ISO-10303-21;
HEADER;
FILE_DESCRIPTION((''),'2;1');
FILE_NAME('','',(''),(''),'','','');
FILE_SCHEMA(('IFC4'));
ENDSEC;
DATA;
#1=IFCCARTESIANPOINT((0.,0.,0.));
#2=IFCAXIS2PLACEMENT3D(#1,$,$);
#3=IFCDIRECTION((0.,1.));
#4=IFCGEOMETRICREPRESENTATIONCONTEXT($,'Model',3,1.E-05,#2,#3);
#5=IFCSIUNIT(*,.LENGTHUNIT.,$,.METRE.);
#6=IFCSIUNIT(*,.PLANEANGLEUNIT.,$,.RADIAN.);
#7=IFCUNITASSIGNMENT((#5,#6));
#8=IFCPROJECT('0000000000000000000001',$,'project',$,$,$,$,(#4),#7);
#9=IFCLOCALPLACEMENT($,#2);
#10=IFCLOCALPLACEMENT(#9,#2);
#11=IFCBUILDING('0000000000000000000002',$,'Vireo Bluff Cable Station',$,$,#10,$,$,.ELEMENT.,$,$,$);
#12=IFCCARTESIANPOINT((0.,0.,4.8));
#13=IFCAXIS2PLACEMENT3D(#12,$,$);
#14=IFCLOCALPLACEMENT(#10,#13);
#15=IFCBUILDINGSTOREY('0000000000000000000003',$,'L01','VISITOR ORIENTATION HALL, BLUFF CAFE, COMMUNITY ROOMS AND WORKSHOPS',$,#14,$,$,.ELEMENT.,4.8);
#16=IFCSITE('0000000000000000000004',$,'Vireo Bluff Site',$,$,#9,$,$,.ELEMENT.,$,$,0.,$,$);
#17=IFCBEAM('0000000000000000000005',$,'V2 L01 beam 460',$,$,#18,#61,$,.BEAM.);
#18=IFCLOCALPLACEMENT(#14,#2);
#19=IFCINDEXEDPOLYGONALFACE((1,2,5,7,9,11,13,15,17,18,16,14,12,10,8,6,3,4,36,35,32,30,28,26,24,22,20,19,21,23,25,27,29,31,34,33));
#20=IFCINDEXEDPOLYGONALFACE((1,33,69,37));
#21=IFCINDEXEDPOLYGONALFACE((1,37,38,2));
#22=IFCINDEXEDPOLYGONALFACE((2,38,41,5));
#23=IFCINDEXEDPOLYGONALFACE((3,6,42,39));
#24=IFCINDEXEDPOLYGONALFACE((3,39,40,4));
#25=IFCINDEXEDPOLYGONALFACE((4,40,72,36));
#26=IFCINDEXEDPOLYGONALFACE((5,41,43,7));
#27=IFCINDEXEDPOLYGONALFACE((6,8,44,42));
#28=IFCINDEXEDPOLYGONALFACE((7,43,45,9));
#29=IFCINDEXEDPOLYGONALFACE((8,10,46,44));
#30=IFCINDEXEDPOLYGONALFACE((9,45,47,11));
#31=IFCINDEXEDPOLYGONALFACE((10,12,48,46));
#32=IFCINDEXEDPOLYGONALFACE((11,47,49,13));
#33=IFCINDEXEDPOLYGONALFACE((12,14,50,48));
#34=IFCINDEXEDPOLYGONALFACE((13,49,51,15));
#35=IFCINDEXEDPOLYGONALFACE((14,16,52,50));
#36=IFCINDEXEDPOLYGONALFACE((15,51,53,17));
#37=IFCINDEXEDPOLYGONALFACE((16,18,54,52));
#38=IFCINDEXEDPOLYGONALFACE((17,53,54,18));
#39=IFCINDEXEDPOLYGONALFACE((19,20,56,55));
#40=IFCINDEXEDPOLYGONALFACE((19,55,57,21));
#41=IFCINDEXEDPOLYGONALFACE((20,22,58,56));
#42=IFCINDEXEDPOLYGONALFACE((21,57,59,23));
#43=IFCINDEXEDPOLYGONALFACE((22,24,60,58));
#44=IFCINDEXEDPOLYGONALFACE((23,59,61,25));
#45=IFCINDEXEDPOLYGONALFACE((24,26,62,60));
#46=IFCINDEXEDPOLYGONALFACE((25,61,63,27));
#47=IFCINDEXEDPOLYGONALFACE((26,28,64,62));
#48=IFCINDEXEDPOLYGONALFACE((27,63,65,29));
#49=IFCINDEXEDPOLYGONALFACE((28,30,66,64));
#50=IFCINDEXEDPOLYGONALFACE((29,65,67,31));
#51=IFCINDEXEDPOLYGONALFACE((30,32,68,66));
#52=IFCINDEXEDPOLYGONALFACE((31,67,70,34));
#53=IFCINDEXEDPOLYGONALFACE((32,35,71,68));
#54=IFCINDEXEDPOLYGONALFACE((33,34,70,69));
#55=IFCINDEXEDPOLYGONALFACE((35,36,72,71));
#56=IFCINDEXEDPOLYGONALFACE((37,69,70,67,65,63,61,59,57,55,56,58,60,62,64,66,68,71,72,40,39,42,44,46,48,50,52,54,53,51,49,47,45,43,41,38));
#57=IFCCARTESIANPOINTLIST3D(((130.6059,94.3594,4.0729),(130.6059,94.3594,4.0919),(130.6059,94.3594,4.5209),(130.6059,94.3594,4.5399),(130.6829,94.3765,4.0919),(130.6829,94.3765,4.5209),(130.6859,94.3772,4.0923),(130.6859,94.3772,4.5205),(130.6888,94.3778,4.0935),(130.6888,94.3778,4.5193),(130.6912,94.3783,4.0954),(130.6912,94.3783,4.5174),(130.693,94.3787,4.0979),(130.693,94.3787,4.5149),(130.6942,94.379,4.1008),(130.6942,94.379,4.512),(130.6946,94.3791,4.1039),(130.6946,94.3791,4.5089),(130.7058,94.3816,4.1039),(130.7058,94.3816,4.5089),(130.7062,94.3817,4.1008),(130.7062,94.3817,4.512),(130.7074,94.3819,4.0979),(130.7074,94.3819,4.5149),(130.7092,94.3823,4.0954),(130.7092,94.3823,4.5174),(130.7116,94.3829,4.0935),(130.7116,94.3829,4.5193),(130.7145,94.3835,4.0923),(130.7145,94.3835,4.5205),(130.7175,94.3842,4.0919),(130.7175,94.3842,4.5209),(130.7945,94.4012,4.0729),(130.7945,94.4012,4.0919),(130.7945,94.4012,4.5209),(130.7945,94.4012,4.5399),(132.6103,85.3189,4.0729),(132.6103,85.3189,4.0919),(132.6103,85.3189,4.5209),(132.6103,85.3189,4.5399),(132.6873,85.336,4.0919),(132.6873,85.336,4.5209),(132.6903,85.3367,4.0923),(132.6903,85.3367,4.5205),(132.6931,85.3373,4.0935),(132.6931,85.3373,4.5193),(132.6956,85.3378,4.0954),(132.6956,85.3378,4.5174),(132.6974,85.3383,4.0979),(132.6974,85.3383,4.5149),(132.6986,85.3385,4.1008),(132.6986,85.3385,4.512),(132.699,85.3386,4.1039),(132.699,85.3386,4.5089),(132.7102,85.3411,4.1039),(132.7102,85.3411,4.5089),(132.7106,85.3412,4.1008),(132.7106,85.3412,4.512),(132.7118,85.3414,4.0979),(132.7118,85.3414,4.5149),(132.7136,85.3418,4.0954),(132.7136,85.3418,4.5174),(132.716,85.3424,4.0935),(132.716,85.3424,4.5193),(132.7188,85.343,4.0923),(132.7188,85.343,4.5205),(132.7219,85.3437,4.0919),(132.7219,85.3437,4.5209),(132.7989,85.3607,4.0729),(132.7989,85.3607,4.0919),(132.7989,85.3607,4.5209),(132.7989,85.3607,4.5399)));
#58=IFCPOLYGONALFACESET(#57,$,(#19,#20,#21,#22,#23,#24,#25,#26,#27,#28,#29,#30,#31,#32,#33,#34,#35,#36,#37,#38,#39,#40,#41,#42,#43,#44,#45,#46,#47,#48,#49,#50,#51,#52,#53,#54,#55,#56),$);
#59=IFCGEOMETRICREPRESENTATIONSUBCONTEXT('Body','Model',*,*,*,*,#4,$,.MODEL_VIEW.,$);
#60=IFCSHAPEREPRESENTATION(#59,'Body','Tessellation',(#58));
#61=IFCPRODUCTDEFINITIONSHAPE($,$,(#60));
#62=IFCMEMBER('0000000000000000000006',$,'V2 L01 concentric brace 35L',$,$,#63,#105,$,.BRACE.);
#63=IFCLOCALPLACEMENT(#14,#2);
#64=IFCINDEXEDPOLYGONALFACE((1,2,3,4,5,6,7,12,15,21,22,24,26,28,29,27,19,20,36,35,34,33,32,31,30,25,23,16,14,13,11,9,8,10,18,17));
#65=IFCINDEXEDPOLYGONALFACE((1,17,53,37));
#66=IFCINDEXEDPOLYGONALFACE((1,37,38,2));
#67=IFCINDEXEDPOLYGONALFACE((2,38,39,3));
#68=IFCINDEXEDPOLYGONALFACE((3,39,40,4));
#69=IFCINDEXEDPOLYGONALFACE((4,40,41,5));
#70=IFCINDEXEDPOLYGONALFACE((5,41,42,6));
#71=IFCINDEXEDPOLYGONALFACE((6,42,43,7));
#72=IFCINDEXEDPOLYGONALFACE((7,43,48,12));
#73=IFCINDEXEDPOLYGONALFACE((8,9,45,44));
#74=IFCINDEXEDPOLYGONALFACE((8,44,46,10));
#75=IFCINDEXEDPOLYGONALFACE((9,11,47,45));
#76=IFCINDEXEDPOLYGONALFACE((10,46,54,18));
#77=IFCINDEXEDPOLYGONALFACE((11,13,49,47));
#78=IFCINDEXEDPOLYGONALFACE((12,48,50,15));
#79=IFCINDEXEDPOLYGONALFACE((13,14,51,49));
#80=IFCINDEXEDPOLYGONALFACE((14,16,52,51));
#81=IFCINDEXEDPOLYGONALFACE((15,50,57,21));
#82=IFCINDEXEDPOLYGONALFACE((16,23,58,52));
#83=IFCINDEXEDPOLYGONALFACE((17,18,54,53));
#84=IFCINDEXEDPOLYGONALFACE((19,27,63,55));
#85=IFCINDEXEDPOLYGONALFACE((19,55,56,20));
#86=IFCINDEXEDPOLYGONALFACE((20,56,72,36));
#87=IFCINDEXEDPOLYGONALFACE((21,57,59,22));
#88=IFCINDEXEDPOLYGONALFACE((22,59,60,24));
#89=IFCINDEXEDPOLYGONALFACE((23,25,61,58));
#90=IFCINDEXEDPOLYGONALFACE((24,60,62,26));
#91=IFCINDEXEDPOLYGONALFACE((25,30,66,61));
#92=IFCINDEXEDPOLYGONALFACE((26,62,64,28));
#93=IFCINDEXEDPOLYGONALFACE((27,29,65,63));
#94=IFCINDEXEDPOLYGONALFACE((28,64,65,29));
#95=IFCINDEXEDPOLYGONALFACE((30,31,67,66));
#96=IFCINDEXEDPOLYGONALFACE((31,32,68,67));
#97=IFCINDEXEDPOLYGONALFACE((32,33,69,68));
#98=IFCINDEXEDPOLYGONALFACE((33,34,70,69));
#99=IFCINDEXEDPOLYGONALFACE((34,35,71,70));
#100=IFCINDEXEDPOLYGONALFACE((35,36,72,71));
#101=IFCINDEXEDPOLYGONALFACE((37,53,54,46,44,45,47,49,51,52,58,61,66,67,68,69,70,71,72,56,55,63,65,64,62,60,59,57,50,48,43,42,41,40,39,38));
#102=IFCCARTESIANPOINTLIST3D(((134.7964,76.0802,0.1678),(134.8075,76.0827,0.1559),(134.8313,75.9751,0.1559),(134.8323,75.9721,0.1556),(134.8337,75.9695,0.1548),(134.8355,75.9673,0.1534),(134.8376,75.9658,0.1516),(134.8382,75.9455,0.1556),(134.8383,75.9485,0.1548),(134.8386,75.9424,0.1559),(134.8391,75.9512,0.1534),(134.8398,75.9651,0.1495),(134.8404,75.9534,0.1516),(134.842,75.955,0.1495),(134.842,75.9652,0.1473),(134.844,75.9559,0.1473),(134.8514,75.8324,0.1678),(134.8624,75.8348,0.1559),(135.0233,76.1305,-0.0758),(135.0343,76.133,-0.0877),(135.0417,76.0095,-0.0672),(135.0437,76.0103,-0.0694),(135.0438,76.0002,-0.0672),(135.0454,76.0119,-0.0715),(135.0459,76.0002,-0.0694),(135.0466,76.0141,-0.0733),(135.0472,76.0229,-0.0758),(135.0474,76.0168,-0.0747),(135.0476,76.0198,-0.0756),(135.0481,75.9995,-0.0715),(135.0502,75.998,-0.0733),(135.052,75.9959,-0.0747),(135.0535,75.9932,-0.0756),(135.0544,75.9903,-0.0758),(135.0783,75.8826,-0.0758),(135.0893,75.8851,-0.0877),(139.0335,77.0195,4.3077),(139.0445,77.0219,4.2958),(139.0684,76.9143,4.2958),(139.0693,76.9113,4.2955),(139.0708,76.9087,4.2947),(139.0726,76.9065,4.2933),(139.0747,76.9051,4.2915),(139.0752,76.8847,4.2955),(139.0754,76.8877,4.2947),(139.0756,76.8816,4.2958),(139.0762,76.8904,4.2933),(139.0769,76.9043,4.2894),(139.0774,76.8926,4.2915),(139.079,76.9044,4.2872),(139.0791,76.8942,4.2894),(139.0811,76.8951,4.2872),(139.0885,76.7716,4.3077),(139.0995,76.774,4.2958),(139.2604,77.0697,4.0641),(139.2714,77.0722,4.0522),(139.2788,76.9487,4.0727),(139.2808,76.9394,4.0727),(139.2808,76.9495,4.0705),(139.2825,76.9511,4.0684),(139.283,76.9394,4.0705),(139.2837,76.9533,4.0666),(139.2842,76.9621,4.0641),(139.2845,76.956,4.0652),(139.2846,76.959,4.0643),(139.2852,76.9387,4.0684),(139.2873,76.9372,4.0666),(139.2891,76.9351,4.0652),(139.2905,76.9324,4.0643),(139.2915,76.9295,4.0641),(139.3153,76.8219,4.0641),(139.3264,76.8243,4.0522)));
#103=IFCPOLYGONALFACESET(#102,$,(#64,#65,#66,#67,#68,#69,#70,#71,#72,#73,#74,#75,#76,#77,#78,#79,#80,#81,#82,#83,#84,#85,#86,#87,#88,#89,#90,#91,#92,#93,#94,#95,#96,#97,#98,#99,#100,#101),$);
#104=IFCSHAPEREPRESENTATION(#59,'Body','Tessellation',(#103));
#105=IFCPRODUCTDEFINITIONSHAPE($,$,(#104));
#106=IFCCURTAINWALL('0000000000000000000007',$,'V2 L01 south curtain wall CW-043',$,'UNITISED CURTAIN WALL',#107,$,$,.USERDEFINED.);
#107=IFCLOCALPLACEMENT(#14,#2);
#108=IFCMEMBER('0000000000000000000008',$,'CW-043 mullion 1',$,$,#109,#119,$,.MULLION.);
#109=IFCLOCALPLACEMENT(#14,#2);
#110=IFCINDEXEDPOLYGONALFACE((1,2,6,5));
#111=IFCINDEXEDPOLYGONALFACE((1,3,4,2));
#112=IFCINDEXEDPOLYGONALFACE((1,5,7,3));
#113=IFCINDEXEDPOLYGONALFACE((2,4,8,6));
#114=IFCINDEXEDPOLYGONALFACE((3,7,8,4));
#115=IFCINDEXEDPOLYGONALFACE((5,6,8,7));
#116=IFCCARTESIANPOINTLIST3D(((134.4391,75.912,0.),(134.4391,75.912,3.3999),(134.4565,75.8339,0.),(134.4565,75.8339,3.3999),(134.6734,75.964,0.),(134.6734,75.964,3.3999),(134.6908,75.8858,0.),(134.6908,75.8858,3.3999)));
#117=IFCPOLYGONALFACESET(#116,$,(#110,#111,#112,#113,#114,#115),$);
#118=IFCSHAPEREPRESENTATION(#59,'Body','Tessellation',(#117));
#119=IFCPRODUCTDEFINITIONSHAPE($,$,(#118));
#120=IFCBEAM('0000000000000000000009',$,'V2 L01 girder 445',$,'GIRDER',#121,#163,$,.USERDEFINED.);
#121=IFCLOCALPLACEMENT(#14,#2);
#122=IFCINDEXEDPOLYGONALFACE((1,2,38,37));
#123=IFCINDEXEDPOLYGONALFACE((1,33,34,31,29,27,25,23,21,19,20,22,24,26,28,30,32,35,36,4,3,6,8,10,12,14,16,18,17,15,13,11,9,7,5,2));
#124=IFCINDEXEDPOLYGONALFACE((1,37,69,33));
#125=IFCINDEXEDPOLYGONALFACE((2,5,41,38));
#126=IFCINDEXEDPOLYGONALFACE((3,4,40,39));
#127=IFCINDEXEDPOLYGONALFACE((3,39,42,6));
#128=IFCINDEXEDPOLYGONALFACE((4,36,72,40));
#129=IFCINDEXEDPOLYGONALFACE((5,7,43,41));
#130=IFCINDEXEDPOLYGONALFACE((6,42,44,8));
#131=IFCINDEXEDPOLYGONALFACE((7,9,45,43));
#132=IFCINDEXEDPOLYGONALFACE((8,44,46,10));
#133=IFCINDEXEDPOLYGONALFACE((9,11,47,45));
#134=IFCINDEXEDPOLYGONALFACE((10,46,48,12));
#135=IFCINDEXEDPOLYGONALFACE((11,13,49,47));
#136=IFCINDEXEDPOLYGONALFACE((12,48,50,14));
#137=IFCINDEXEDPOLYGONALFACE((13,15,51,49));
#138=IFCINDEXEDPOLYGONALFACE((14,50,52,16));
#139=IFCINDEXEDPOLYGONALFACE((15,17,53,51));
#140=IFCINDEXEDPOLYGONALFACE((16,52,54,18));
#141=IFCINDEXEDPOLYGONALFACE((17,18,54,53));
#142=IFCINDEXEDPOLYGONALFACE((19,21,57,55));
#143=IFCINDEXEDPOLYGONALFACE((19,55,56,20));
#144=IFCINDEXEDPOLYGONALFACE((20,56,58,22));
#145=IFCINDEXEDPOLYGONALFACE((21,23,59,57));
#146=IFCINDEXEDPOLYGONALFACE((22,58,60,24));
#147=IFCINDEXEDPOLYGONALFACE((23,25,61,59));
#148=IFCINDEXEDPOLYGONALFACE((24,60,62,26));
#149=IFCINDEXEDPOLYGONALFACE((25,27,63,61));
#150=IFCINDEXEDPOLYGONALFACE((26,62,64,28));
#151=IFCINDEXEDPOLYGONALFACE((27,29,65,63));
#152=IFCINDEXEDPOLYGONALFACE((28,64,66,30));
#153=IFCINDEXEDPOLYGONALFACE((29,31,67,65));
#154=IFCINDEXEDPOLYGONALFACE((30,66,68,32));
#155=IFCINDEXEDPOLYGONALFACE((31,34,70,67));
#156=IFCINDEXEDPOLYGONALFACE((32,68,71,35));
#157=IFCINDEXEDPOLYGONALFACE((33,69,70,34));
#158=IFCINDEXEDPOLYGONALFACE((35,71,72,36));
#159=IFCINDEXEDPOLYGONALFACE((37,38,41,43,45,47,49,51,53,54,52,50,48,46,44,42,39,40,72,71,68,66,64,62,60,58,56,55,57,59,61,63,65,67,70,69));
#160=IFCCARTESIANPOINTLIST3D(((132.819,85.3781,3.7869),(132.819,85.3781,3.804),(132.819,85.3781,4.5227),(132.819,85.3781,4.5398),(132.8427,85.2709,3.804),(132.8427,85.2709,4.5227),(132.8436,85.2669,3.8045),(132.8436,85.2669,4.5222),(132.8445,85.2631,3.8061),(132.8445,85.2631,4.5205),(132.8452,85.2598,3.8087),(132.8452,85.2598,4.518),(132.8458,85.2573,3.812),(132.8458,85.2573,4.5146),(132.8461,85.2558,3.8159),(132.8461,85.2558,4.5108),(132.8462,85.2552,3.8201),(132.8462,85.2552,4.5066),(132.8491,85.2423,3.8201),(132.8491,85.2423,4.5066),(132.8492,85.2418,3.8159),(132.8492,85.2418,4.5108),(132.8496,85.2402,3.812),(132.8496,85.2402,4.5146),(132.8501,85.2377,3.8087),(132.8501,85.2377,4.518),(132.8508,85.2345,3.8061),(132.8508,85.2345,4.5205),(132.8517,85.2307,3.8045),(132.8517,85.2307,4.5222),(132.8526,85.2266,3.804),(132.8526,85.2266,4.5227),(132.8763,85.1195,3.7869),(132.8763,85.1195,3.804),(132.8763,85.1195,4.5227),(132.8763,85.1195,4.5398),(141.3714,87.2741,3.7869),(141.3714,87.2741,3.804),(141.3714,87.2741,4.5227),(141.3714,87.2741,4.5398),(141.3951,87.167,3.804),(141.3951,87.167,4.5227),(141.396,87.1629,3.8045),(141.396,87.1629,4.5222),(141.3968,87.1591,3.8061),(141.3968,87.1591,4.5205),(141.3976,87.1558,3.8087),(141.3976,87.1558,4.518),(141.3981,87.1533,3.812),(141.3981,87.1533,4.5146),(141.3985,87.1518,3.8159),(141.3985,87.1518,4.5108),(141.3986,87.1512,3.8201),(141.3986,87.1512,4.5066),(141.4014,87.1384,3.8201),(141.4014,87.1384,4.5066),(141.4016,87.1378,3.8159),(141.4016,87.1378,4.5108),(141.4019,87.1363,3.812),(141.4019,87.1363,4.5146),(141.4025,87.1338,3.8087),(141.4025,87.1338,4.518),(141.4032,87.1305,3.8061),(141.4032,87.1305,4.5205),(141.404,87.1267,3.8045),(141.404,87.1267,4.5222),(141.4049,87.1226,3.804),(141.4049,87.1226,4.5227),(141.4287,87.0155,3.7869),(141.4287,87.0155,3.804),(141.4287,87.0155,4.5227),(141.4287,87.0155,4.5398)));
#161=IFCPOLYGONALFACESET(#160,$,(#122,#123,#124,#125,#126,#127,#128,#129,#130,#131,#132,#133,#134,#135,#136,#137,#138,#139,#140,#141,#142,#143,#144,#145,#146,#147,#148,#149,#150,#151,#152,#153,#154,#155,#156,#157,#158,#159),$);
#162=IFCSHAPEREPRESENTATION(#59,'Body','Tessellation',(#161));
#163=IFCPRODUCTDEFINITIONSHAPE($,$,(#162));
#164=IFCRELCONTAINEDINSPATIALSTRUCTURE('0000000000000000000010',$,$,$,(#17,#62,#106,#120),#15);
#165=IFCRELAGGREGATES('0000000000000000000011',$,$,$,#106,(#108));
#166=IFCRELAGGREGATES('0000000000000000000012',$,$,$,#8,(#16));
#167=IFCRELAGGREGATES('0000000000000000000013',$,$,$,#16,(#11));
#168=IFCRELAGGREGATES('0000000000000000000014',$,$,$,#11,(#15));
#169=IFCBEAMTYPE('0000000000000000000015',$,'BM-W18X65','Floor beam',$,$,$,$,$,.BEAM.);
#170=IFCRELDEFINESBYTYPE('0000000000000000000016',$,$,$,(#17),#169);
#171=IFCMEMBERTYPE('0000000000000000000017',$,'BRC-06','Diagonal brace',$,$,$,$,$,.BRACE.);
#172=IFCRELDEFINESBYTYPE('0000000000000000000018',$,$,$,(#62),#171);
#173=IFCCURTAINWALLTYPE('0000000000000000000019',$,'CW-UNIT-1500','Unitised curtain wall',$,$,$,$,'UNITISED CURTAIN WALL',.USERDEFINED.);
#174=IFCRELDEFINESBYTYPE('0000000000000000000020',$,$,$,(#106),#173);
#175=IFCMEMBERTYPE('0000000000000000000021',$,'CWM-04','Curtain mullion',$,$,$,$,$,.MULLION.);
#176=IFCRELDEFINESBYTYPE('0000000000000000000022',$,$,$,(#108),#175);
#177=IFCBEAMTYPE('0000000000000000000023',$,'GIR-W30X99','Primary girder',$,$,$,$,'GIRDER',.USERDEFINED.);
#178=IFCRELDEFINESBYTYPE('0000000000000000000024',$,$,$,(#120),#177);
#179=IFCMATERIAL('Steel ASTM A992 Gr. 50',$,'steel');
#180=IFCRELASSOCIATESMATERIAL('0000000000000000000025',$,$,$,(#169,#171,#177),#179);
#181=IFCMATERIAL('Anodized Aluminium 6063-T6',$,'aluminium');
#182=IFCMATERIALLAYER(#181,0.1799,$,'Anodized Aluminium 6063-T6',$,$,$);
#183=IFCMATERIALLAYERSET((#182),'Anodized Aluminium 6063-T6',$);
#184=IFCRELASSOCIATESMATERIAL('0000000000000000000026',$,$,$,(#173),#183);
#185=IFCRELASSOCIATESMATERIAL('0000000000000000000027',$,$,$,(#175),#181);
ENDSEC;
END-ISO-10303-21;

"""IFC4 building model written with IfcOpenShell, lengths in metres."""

from ifc_helpers import new_model, si_unit, direction, frame, origin, origin_2d, place, context, subcontext, project, spatial, rectangle, i_section, extrude, material, layer, layer_set, material_profile, profile_set, type_object, element, aggregate, save


model = new_model("IFC4")

# Units and contexts
model_context = context("Model", 3, precision=1e-05, world=origin(), true_north=direction((0.0, 1.0)))
body_context = subcontext(model_context, "Body", "Model", "MODEL_VIEW")
ifc_project = project(units=[si_unit("LENGTHUNIT", "METRE"), si_unit("PLANEANGLEUNIT", "RADIAN")], contexts=[model_context])

# Site, building, storey
site_placement = place(None, origin())
site = spatial("IfcSite", under=ifc_project, at=site_placement, Name="Vireo Bluff Site", CompositionType="ELEMENT", RefElevation=0.0)
building_placement = place(site_placement, origin())
building = spatial("IfcBuilding", under=site, at=building_placement, Name="Vireo Bluff Cable Station", CompositionType="ELEMENT")
storey_placement = place(building_placement, frame((0.0, 0.0, 4.8)))
storey = spatial("IfcBuildingStorey", under=building, at=storey_placement, Name="L01", Description="VISITOR ORIENTATION HALL, BLUFF CAFE, COMMUNITY ROOMS AND WORKSHOPS", CompositionType="ELEMENT", Elevation=4.8)

# Shared definitions
ifc_material_1 = material(Name="Steel ASTM A992 Gr. 50", Category="steel")

# Beam
ifc_material_profile_1 = material_profile(ifc_material_1, i_section(OverallWidth=0.1931, OverallDepth=0.467, WebThickness=0.0115, FlangeThickness=0.019, FilletRadius=0.012, at=origin_2d()), Name="W18X65")
ifc_profile_set_1 = profile_set([ifc_material_profile_1], Name="Steel ASTM A992 Gr. 50")
beam_type_1 = type_object("IfcBeamType", Name="BM-W18X65", Description="Floor beam", PredefinedType="BEAM", material=ifc_profile_set_1)
beam_1_placement = place(storey_placement, frame((132.7046, 85.3398, 4.3064), z_axis=(-0.216456, 0.976292, 0.0), x_axis=(-0.976292, -0.216456, 0.0)))
element("IfcBeam", 1, at=beam_1_placement, inside=storey, type_object=beam_type_1, Name="V2 L01 beam 460", PredefinedType="BEAM", context=body_context, shape_type="SweptSolid", body=[
    extrude(i_section(OverallWidth=0.1931, OverallDepth=0.467, WebThickness=0.0115, FlangeThickness=0.019, FilletRadius=0.012, at=origin_2d()), origin(), (0.0, 0.0, 1.0), 9.26),
])

# Member
ifc_material_profile_2 = material_profile(ifc_material_1, i_section(OverallWidth=0.2539, OverallDepth=0.353, WebThickness=0.0095, FlangeThickness=0.0164, FilletRadius=0.012, at=origin_2d()), Name="W14X61")
ifc_profile_set_2 = profile_set([ifc_material_profile_2], Name="Steel ASTM A992 Gr. 50")
member_type_1 = type_object("IfcMemberType", Name="BRC-06", Description="Diagonal brace", PredefinedType="BRACE", material=ifc_profile_set_2)
member_1_placement = place(storey_placement, frame((134.9429, 75.9827, 0.04), z_axis=(0.706437, 0.156592, 0.690236), x_axis=(-0.216412, 0.976302, 0.0)))
element("IfcMember", 2, at=member_1_placement, inside=storey, type_object=member_type_1, Name="V2 L01 concentric brace 35L", PredefinedType="BRACE", context=body_context, shape_type="SweptSolid", body=[
    extrude(i_section(OverallWidth=0.2539, OverallDepth=0.353, WebThickness=0.0095, FlangeThickness=0.0164, FilletRadius=0.012, at=origin_2d()), origin(), (0.0, 0.0, 1.0), 5.9978),
])

# Curtain wall, member
ifc_material_2 = material(Name="Anodized Aluminium 6063-T6", Category="aluminium")
ifc_layer_1 = layer(ifc_material_2, 0.1799, Name="Anodized Aluminium 6063-T6")
ifc_layer_set_1 = layer_set([ifc_layer_1], Name="Anodized Aluminium 6063-T6")
curtain_wall_type = type_object("IfcCurtainWallType", Name="CW-UNIT-1500", Description="Unitised curtain wall", ElementType="UNITISED CURTAIN WALL", PredefinedType="USERDEFINED", material=ifc_layer_set_1)
curtain_wall_placement = place(storey_placement, origin())
curtain_wall = element("IfcCurtainWall", 3, at=curtain_wall_placement, inside=storey, type_object=curtain_wall_type, Name="V2 L01 south curtain wall CW-043", ObjectType="UNITISED CURTAIN WALL", PredefinedType="USERDEFINED")
ifc_material_profile_3 = material_profile(ifc_material_2, rectangle(XDim=0.0801, YDim=0.24, at=origin_2d()), Name="ALU-M-80X240")
ifc_profile_set_3 = profile_set([ifc_material_profile_3], Name="Anodized Aluminium 6063-T6")
member_type_2 = type_object("IfcMemberType", Name="CWM-04", Description="Curtain mullion", PredefinedType="MULLION", material=ifc_profile_set_3)
member_2_placement = place(storey_placement, frame((134.5649, 75.8989, 0.0), z_axis=(0.0, 0.0, 1.0), x_axis=(0.21644, -0.976296, 0.0)))
member_2 = element("IfcMember", 4, at=member_2_placement, type_object=member_type_2, Name="CW-043 mullion 1", PredefinedType="MULLION", context=body_context, shape_type="SweptSolid", body=[
    extrude(rectangle(XDim=0.0801, YDim=0.24, at=origin_2d()), origin(), (0.0, 0.0, 1.0), 3.3999),
])
aggregate(curtain_wall, [member_2])

# Beam
ifc_material_profile_4 = material_profile(ifc_material_1, i_section(OverallWidth=0.2649, OverallDepth=0.7529, WebThickness=0.0132, FlangeThickness=0.0171, FilletRadius=0.0161, at=origin_2d()), Name="W30X99")
ifc_profile_set_4 = profile_set([ifc_material_profile_4], Name="Steel ASTM A992 Gr. 50")
beam_type_2 = type_object("IfcBeamType", Name="GIR-W30X99", Description="Primary girder", ElementType="GIRDER", PredefinedType="USERDEFINED", material=ifc_profile_set_4)
beam_2_placement = place(storey_placement, frame((132.8477, 85.2488, 4.1633), z_axis=(0.976296, 0.216441, 0.0), x_axis=(-0.216441, 0.976296, 0.0)))
element("IfcBeam", 5, at=beam_2_placement, inside=storey, type_object=beam_type_2, Name="V2 L01 girder 445", ObjectType="GIRDER", PredefinedType="USERDEFINED", context=body_context, shape_type="SweptSolid", body=[
    extrude(i_section(OverallWidth=0.2649, OverallDepth=0.7529, WebThickness=0.0132, FlangeThickness=0.0171, FilletRadius=0.0161, at=origin_2d()), origin(), (0.0, 0.0, 1.0), 8.76),
])

save(model, "model.ifc")
